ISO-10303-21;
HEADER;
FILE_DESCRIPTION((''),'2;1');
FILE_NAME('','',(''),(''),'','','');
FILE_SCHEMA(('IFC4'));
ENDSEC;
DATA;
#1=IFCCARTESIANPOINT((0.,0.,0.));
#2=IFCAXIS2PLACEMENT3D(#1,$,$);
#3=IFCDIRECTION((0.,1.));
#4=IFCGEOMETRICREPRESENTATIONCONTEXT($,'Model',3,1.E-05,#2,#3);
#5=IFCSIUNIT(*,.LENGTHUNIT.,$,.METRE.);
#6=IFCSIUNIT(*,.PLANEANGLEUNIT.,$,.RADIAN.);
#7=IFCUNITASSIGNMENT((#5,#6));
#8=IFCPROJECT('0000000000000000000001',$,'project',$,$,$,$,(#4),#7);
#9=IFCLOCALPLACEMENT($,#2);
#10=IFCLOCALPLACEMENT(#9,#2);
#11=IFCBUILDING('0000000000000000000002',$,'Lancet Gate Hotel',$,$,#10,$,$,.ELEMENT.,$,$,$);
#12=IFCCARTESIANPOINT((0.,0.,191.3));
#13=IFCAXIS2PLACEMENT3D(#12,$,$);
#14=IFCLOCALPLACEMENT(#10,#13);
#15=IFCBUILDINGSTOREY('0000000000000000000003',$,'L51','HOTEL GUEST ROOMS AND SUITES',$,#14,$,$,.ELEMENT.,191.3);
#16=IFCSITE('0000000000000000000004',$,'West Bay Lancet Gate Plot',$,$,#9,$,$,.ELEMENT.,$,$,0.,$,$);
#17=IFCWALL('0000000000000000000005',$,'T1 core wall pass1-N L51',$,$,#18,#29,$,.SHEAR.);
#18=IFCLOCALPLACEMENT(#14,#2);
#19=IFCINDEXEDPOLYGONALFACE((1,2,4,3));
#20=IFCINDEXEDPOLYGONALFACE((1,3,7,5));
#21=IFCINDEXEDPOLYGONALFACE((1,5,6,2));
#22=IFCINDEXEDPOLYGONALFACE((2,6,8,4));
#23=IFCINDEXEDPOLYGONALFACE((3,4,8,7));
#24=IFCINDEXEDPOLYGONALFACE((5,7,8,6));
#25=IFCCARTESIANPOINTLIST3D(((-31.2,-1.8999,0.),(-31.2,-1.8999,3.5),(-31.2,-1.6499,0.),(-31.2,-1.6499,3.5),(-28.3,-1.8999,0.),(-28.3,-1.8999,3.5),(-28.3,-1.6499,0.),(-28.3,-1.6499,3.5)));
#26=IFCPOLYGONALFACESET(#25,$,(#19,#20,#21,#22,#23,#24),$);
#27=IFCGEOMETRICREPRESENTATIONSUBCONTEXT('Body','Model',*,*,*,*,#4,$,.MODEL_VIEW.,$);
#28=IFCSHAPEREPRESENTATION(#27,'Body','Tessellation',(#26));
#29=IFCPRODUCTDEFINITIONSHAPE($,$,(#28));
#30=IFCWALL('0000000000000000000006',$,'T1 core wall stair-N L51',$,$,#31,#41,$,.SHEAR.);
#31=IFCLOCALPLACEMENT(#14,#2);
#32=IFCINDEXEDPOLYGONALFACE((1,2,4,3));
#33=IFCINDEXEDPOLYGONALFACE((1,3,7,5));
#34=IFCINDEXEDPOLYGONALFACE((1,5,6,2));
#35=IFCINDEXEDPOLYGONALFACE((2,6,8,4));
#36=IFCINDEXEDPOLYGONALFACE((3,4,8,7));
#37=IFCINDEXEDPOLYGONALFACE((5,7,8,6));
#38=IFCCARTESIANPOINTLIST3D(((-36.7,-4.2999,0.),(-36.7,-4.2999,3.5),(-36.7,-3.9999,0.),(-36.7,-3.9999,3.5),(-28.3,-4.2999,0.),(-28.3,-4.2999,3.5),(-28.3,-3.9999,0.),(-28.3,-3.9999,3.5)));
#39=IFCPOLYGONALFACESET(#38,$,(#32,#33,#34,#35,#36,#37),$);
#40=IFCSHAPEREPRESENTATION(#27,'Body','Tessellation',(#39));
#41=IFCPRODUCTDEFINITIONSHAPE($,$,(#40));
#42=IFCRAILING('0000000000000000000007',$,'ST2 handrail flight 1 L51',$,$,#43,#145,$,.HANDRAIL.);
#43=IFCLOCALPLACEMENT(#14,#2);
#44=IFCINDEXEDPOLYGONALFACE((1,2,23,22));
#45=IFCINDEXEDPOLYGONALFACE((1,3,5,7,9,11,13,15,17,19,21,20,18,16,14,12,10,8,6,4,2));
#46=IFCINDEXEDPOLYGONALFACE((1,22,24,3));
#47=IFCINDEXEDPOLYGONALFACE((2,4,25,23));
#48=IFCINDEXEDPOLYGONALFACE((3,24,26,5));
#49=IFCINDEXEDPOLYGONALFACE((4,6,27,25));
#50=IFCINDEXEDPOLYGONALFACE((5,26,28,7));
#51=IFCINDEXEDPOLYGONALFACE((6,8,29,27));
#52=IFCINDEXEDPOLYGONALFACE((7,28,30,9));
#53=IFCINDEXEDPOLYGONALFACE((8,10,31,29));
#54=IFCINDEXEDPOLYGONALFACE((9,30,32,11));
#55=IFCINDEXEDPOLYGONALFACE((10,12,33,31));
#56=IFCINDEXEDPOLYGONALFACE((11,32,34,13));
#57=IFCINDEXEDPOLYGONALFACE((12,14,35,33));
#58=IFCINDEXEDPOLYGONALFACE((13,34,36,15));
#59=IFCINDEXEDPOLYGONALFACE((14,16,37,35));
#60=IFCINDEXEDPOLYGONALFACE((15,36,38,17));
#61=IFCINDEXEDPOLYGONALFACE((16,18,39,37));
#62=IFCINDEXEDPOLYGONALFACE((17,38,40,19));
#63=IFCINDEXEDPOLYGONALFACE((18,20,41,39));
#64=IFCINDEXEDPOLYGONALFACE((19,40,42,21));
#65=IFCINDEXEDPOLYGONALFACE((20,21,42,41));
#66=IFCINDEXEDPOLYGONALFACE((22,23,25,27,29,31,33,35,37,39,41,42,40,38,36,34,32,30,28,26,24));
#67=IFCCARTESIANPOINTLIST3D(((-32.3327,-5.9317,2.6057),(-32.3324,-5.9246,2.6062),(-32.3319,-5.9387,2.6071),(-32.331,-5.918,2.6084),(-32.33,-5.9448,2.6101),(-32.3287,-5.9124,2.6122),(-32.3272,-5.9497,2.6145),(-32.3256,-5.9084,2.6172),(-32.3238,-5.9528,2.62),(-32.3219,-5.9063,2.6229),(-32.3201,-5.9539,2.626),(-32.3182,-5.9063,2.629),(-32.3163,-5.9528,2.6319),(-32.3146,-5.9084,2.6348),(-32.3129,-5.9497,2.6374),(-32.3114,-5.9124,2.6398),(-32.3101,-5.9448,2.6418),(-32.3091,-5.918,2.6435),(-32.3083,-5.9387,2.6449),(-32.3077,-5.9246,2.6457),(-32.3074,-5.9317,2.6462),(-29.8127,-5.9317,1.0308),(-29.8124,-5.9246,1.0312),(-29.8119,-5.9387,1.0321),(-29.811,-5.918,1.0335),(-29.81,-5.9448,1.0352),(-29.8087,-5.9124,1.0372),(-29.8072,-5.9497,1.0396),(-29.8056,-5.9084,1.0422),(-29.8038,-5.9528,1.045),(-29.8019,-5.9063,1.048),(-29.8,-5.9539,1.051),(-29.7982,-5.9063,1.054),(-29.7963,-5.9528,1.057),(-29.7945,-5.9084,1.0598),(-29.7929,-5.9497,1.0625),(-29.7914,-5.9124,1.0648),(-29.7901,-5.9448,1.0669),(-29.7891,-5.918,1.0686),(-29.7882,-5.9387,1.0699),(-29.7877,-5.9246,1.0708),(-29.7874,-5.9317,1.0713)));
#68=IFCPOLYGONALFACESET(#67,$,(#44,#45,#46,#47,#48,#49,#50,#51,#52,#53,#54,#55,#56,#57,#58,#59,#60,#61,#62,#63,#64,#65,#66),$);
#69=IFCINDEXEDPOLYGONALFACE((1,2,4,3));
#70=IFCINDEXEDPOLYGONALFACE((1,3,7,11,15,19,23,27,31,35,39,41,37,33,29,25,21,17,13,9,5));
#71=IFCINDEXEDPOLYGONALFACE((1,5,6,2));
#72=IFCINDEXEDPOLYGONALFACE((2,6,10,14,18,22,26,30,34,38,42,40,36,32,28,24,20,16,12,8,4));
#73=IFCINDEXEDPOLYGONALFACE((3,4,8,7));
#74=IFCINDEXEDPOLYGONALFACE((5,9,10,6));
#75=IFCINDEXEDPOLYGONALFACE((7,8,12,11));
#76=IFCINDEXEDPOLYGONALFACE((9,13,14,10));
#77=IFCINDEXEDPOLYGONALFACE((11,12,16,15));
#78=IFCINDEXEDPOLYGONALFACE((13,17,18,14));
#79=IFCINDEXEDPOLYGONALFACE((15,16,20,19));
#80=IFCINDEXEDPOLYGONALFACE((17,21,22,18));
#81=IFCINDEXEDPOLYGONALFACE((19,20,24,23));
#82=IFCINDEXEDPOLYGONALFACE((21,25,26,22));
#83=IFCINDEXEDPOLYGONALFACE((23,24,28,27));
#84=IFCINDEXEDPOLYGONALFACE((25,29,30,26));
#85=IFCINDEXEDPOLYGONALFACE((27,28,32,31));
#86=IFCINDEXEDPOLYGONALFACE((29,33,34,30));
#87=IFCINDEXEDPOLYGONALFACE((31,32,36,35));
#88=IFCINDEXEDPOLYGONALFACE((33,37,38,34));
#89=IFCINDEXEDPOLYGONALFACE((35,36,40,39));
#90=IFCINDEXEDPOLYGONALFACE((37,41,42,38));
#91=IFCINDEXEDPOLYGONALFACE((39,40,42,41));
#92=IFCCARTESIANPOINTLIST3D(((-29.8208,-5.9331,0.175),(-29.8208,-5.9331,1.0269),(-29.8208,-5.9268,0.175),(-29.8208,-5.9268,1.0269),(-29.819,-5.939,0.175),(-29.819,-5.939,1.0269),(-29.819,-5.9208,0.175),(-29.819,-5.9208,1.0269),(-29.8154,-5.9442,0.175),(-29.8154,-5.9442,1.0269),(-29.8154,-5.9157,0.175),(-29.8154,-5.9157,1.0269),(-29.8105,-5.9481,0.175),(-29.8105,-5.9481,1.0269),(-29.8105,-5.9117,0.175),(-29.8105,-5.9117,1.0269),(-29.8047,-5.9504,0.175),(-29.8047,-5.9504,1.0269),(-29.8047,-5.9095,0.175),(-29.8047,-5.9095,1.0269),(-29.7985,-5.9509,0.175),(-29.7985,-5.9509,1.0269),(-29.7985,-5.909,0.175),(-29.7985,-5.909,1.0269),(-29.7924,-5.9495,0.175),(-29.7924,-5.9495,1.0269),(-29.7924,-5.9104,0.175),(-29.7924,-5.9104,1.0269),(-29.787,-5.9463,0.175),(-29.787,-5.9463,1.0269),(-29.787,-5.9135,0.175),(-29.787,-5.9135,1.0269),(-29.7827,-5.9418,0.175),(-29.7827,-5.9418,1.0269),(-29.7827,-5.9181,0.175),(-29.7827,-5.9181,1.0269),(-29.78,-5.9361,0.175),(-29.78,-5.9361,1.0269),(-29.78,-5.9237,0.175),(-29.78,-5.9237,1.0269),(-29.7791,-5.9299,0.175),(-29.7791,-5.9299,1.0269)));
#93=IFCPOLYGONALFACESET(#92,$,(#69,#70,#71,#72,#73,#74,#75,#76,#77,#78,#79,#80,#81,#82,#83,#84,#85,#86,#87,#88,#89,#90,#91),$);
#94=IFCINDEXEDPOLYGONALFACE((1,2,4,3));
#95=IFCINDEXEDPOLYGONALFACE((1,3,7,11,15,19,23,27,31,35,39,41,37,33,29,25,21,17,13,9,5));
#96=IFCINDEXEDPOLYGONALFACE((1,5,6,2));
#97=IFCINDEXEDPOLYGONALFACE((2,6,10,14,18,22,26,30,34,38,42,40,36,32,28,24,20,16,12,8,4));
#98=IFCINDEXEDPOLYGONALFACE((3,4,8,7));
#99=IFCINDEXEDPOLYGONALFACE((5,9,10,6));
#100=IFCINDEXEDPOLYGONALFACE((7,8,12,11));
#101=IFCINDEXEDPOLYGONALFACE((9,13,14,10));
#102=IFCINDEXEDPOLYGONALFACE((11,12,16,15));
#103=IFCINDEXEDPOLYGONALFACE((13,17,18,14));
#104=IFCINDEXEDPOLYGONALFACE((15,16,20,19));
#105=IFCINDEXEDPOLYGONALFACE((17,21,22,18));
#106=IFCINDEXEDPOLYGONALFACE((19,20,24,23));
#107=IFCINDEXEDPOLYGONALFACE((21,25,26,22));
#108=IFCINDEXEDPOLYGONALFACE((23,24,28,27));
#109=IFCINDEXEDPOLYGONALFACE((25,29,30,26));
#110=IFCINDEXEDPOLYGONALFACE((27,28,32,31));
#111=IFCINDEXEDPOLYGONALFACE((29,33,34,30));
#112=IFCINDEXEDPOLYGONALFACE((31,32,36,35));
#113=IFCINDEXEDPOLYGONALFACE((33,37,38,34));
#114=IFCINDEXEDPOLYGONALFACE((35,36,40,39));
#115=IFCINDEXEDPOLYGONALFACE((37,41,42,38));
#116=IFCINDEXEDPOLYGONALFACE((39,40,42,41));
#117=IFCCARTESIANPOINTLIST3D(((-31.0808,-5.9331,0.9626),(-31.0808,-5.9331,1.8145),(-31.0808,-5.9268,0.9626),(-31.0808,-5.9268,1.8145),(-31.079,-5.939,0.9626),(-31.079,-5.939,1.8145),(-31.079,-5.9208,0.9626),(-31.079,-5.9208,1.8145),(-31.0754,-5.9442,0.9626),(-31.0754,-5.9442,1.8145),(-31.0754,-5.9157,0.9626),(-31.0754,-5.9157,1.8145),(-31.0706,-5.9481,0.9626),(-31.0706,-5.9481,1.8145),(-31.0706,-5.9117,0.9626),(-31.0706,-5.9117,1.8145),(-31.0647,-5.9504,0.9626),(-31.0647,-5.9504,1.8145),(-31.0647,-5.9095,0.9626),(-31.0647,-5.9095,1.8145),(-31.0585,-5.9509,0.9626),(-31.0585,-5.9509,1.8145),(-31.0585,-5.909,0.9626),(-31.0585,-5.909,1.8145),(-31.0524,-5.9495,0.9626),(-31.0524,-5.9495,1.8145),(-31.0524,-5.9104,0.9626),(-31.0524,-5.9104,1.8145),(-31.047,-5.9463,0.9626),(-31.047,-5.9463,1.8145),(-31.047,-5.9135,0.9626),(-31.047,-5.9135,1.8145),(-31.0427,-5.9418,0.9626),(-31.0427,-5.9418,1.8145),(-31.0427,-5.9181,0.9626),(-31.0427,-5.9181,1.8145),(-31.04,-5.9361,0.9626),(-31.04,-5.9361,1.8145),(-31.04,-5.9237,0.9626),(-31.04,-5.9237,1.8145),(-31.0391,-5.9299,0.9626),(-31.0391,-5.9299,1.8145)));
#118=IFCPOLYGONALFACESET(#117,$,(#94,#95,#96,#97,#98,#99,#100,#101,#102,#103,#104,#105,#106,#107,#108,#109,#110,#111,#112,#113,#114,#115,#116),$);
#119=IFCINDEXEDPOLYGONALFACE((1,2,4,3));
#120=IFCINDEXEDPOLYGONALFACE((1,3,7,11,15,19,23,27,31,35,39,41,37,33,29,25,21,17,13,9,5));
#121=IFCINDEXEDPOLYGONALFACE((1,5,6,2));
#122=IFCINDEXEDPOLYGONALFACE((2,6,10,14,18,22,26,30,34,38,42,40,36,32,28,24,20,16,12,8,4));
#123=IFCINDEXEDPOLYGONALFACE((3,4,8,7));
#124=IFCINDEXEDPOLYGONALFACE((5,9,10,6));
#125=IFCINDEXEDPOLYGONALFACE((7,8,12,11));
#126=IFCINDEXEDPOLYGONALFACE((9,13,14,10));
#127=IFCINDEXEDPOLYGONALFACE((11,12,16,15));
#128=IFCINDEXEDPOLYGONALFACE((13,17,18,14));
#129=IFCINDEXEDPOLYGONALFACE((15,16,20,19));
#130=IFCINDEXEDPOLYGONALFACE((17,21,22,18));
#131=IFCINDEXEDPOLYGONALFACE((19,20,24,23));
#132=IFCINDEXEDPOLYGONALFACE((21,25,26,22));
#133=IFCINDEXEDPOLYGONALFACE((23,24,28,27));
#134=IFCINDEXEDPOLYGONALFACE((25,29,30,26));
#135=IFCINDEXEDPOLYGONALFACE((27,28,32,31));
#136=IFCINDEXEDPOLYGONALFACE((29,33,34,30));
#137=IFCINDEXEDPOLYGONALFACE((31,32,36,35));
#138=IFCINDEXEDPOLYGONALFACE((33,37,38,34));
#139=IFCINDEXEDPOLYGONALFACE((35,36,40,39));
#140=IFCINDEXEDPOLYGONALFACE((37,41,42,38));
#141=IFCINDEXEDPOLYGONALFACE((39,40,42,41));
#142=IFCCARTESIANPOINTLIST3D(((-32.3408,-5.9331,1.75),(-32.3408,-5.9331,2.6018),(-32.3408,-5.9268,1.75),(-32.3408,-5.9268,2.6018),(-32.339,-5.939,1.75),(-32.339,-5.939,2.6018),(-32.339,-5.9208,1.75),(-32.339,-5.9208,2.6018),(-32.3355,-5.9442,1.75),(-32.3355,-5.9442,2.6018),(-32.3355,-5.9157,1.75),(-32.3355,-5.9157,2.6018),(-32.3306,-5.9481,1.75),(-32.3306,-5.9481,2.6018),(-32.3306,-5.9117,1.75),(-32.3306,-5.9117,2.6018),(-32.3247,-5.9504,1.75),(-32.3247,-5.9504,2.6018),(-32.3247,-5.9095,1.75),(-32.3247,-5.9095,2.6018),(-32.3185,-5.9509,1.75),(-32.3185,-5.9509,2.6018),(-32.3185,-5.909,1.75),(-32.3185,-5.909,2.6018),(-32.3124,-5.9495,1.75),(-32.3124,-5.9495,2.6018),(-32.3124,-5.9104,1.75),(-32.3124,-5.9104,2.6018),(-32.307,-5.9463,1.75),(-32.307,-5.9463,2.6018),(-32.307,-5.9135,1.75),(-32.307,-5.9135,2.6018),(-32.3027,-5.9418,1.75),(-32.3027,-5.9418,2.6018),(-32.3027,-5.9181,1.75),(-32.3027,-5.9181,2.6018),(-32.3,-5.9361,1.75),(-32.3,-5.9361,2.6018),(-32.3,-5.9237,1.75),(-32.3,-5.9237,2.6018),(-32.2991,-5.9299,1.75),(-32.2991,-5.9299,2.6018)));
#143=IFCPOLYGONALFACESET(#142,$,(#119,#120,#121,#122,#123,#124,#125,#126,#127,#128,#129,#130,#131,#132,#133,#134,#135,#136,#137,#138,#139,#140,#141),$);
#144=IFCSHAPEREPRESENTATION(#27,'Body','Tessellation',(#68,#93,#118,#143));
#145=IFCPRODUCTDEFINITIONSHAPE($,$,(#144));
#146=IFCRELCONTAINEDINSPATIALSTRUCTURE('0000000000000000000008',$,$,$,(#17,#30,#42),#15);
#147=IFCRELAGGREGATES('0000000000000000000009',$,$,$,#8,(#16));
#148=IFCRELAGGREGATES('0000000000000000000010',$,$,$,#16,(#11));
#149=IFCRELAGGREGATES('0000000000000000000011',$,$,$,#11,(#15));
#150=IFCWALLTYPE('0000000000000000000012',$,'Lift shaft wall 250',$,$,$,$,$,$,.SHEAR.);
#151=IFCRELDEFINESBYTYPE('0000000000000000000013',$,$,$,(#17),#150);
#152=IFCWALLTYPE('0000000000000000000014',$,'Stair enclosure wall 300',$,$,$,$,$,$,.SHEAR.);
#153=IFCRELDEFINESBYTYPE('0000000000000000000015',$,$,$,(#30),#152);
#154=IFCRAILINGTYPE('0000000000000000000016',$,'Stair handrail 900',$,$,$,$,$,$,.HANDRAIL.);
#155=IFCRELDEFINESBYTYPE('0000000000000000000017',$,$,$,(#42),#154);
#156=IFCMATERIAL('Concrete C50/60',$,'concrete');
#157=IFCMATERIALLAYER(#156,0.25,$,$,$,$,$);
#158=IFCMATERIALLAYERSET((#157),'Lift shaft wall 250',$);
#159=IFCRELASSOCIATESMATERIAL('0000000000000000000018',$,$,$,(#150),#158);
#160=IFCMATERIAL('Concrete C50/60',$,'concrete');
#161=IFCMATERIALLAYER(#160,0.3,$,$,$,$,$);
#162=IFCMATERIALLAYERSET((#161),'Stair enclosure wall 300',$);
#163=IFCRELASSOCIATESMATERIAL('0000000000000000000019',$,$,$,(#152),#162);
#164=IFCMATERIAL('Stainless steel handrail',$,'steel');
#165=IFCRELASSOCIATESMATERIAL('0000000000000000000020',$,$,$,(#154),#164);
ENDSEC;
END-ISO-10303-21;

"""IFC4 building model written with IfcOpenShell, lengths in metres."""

from ifc_helpers import new_model, si_unit, direction, frame, frame_2d, origin, origin_2d, place, context, subcontext, project, spatial, rectangle, circle, extrude, material, layer, layer_set, type_object, element, save


model = new_model("IFC4")

# Units and contexts
model_context = context("Model", 3, precision=1e-05, world=origin(), true_north=direction((0.0, 1.0)))
body_context = subcontext(model_context, "Body", "Model", "MODEL_VIEW")
ifc_project = project(units=[si_unit("LENGTHUNIT", "METRE"), si_unit("PLANEANGLEUNIT", "RADIAN")], contexts=[model_context])

# Site, building, storey
site_placement = place(None, origin())
site = spatial("IfcSite", under=ifc_project, at=site_placement, Name="West Bay Lancet Gate Plot", CompositionType="ELEMENT", RefElevation=0.0)
building_placement = place(site_placement, origin())
building = spatial("IfcBuilding", under=site, at=building_placement, Name="Lancet Gate Hotel", CompositionType="ELEMENT")
storey_placement = place(building_placement, frame((0.0, 0.0, 191.3)))
storey = spatial("IfcBuildingStorey", under=building, at=storey_placement, Name="L51", Description="HOTEL GUEST ROOMS AND SUITES", CompositionType="ELEMENT", Elevation=191.3)

# Walls
ifc_material_1 = material(Name="Concrete C50/60", Category="concrete")
ifc_layer_1 = layer(ifc_material_1, 0.25)
ifc_layer_set_1 = layer_set([ifc_layer_1], Name="Lift shaft wall 250")
wall_type_1 = type_object("IfcWallType", Name="Lift shaft wall 250", PredefinedType="SHEAR", material=ifc_layer_set_1)
wall_1_placement = place(storey_placement, frame((-28.3, -1.7749, 0.0), z_axis=(0.0, 0.0, 1.0), x_axis=(-1.0, 0.0, 0.0)))
element("IfcWall", 1, at=wall_1_placement, inside=storey, type_object=wall_type_1, Name="T1 core wall pass1-N L51", PredefinedType="SHEAR", context=body_context, shape_type="SweptSolid", body=[
    extrude(rectangle(XDim=2.8999, YDim=0.25, at=frame_2d((1.45, 0.0))), origin(), (0.0, 0.0, 1.0), 3.5),
])
ifc_material_2 = material(Name="Concrete C50/60", Category="concrete")
ifc_layer_2 = layer(ifc_material_2, 0.3)
ifc_layer_set_2 = layer_set([ifc_layer_2], Name="Stair enclosure wall 300")
wall_type_2 = type_object("IfcWallType", Name="Stair enclosure wall 300", PredefinedType="SHEAR", material=ifc_layer_set_2)
wall_2_placement = place(storey_placement, frame((-28.3, -4.1499, 0.0), z_axis=(0.0, 0.0, 1.0), x_axis=(-1.0, 0.0, 0.0)))
element("IfcWall", 2, at=wall_2_placement, inside=storey, type_object=wall_type_2, Name="T1 core wall stair-N L51", PredefinedType="SHEAR", context=body_context, shape_type="SweptSolid", body=[
    extrude(rectangle(XDim=8.3999, YDim=0.3, at=frame_2d((4.2, 0.0))), origin(), (0.0, 0.0, 1.0), 3.5),
])

# Railing
ifc_material_3 = material(Name="Stainless steel handrail", Category="steel")
railing_type = type_object("IfcRailingType", Name="Stair handrail 900", PredefinedType="HANDRAIL", material=ifc_material_3)
railing_placement = place(storey_placement, frame((-29.8, -5.9299, 0.175)))
element("IfcRailing", 3, at=railing_placement, inside=storey, type_object=railing_type, Name="ST2 handrail flight 1 L51", PredefinedType="HANDRAIL", context=body_context, shape_type="SweptSolid", body=[
    extrude(circle(Radius=0.0239, at=origin_2d()), frame((0.0, 0.0, 0.876), z_axis=(-0.848008, 0.0, 0.529984), x_axis=(0.0, -1.0, 0.0)), (0.0, 0.0, 1.0), 2.9717),
    extrude(circle(Radius=0.021, at=origin_2d()), origin(), (0.0, 0.0, 1.0), 0.8518),
    extrude(circle(Radius=0.021, at=origin_2d()), frame((-1.26, 0.0, 0.7876)), (0.0, 0.0, 1.0), 0.8518),
    extrude(circle(Radius=0.021, at=origin_2d()), frame((-2.52, 0.0, 1.575)), (0.0, 0.0, 1.0), 0.8518),
])

save(model, "model.ifc")
